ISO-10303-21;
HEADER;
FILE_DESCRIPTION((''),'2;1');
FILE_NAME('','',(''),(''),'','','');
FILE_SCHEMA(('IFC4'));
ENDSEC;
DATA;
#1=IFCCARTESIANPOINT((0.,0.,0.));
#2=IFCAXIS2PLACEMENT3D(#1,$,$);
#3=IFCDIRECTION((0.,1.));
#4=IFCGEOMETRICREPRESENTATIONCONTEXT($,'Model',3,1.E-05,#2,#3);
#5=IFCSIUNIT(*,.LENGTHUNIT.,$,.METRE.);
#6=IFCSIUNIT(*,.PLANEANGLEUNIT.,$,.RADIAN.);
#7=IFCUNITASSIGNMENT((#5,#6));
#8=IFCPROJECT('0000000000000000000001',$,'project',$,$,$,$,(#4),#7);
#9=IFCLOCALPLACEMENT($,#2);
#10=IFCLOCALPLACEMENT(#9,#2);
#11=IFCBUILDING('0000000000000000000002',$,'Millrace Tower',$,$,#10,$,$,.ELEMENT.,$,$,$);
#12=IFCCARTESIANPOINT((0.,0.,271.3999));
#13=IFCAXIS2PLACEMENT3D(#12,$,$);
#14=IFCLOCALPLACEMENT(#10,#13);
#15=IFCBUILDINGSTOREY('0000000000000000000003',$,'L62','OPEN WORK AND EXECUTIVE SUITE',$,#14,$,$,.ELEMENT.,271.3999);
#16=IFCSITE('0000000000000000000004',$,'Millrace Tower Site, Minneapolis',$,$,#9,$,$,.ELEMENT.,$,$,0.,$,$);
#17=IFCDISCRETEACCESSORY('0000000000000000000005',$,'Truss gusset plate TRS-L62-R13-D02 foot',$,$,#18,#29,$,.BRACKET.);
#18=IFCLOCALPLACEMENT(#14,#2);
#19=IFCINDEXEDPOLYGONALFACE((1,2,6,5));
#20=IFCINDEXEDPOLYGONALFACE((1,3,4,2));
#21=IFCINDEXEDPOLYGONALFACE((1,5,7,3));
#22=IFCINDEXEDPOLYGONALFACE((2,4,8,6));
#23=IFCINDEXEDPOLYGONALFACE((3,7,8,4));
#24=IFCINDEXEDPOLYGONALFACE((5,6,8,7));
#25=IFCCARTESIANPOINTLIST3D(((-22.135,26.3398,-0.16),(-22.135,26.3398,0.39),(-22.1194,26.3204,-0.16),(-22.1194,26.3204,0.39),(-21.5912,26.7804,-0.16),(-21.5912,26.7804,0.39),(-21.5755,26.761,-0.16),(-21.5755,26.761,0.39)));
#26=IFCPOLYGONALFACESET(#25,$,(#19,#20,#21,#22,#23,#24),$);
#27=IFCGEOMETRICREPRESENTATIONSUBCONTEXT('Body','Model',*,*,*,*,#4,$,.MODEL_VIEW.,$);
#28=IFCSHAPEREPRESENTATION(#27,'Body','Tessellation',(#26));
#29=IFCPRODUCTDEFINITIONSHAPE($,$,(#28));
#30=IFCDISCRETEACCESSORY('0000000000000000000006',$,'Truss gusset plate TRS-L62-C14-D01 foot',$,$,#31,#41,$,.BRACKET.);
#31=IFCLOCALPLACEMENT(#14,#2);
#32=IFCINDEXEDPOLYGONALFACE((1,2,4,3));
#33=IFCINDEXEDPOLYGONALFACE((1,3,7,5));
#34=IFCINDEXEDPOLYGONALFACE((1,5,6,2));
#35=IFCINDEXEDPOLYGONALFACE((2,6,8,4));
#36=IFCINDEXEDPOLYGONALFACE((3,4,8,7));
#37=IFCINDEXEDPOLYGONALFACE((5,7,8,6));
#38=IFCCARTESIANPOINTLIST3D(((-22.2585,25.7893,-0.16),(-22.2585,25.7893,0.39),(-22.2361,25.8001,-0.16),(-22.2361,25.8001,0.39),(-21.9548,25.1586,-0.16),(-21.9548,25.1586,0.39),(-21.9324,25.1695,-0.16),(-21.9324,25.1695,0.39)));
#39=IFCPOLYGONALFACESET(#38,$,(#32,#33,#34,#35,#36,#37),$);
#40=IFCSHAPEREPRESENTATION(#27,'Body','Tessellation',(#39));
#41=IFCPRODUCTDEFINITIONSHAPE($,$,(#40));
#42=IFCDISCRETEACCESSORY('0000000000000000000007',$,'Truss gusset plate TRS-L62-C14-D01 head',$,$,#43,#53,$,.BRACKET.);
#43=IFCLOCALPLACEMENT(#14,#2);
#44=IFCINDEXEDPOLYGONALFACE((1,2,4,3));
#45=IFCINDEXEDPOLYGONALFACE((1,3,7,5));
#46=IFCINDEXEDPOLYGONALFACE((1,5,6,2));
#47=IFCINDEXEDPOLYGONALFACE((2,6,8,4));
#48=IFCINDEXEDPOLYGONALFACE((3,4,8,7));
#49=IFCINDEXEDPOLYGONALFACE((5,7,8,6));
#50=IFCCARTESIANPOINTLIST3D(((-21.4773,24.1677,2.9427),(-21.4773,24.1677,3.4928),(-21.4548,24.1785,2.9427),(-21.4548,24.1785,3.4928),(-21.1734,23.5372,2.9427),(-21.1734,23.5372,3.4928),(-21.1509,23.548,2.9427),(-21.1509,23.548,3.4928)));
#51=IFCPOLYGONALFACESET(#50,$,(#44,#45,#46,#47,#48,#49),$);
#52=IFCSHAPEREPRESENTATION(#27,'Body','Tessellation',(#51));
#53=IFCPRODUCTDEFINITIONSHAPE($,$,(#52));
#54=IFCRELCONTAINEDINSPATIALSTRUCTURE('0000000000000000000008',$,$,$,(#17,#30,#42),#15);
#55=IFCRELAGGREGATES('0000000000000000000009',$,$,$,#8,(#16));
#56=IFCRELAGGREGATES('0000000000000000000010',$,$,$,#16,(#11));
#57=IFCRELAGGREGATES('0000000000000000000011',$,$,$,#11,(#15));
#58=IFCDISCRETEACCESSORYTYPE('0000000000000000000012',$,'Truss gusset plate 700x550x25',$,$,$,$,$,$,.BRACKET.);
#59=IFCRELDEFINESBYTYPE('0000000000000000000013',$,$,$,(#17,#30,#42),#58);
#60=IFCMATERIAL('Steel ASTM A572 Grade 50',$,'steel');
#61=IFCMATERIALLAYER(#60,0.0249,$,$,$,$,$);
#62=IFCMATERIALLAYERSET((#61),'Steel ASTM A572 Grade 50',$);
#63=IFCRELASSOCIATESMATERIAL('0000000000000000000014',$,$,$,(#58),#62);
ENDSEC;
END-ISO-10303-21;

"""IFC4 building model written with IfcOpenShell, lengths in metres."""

from ifc_helpers import new_model, si_unit, direction, frame, origin, origin_2d, place, context, subcontext, project, spatial, rectangle, extrude, material, layer, layer_set, type_object, element, save


model = new_model("IFC4")

# Units and contexts
model_context = context("Model", 3, precision=1e-05, world=origin(), true_north=direction((0.0, 1.0)))
body_context = subcontext(model_context, "Body", "Model", "MODEL_VIEW")
ifc_project = project(units=[si_unit("LENGTHUNIT", "METRE"), si_unit("PLANEANGLEUNIT", "RADIAN")], contexts=[model_context])

# Site, building, storey
site_placement = place(None, origin())
site = spatial("IfcSite", under=ifc_project, at=site_placement, Name="Millrace Tower Site, Minneapolis", CompositionType="ELEMENT", RefElevation=0.0)
building_placement = place(site_placement, origin())
building = spatial("IfcBuilding", under=site, at=building_placement, Name="Millrace Tower", CompositionType="ELEMENT")
storey_placement = place(building_placement, frame((0.0, 0.0, 271.3999)))
storey = spatial("IfcBuildingStorey", under=building, at=storey_placement, Name="L62", Description="OPEN WORK AND EXECUTIVE SUITE", CompositionType="ELEMENT", Elevation=271.3999)

# Discrete accessories
ifc_material_1 = material(Name="Steel ASTM A572 Grade 50", Category="steel")
ifc_layer_1 = layer(ifc_material_1, 0.0249)
ifc_layer_set_1 = layer_set([ifc_layer_1], Name="Steel ASTM A572 Grade 50")
discrete_accessory_type_1 = type_object("IfcDiscreteAccessoryType", Name="Truss gusset plate 700x550x25", PredefinedType="BRACKET", material=ifc_layer_set_1)
for number, where, z_axis, x_axis, name in (
    (1, (-22.1272, 26.3301, 0.115), (0.777009, 0.629489, 0.0), (-0.629489, 0.777009, 0.0), "Truss gusset plate TRS-L62-R13-D02 foot"),
    (2, (-22.2473, 25.7947, 0.115), (0.43391, -0.900956, 0.0), (0.900956, 0.43391, 0.0), "Truss gusset plate TRS-L62-C14-D01 foot"),
    (3, (-21.4661, 24.1731, 3.2178), (0.434193, -0.90082, 0.0), (0.90082, 0.434193, 0.0), "Truss gusset plate TRS-L62-C14-D01 head"),
):
    element("IfcDiscreteAccessory", number, at=place(storey_placement, frame(where, z_axis=z_axis, x_axis=x_axis)), inside=storey, type_object=discrete_accessory_type_1, Name=name, PredefinedType="BRACKET", context=body_context, shape_type="SweptSolid", body=[
        extrude(rectangle(XDim=0.0249, YDim=0.55, at=origin_2d()), origin(), (0.0, 0.0, 1.0), 0.7),
    ])

save(model, "model.ifc")
